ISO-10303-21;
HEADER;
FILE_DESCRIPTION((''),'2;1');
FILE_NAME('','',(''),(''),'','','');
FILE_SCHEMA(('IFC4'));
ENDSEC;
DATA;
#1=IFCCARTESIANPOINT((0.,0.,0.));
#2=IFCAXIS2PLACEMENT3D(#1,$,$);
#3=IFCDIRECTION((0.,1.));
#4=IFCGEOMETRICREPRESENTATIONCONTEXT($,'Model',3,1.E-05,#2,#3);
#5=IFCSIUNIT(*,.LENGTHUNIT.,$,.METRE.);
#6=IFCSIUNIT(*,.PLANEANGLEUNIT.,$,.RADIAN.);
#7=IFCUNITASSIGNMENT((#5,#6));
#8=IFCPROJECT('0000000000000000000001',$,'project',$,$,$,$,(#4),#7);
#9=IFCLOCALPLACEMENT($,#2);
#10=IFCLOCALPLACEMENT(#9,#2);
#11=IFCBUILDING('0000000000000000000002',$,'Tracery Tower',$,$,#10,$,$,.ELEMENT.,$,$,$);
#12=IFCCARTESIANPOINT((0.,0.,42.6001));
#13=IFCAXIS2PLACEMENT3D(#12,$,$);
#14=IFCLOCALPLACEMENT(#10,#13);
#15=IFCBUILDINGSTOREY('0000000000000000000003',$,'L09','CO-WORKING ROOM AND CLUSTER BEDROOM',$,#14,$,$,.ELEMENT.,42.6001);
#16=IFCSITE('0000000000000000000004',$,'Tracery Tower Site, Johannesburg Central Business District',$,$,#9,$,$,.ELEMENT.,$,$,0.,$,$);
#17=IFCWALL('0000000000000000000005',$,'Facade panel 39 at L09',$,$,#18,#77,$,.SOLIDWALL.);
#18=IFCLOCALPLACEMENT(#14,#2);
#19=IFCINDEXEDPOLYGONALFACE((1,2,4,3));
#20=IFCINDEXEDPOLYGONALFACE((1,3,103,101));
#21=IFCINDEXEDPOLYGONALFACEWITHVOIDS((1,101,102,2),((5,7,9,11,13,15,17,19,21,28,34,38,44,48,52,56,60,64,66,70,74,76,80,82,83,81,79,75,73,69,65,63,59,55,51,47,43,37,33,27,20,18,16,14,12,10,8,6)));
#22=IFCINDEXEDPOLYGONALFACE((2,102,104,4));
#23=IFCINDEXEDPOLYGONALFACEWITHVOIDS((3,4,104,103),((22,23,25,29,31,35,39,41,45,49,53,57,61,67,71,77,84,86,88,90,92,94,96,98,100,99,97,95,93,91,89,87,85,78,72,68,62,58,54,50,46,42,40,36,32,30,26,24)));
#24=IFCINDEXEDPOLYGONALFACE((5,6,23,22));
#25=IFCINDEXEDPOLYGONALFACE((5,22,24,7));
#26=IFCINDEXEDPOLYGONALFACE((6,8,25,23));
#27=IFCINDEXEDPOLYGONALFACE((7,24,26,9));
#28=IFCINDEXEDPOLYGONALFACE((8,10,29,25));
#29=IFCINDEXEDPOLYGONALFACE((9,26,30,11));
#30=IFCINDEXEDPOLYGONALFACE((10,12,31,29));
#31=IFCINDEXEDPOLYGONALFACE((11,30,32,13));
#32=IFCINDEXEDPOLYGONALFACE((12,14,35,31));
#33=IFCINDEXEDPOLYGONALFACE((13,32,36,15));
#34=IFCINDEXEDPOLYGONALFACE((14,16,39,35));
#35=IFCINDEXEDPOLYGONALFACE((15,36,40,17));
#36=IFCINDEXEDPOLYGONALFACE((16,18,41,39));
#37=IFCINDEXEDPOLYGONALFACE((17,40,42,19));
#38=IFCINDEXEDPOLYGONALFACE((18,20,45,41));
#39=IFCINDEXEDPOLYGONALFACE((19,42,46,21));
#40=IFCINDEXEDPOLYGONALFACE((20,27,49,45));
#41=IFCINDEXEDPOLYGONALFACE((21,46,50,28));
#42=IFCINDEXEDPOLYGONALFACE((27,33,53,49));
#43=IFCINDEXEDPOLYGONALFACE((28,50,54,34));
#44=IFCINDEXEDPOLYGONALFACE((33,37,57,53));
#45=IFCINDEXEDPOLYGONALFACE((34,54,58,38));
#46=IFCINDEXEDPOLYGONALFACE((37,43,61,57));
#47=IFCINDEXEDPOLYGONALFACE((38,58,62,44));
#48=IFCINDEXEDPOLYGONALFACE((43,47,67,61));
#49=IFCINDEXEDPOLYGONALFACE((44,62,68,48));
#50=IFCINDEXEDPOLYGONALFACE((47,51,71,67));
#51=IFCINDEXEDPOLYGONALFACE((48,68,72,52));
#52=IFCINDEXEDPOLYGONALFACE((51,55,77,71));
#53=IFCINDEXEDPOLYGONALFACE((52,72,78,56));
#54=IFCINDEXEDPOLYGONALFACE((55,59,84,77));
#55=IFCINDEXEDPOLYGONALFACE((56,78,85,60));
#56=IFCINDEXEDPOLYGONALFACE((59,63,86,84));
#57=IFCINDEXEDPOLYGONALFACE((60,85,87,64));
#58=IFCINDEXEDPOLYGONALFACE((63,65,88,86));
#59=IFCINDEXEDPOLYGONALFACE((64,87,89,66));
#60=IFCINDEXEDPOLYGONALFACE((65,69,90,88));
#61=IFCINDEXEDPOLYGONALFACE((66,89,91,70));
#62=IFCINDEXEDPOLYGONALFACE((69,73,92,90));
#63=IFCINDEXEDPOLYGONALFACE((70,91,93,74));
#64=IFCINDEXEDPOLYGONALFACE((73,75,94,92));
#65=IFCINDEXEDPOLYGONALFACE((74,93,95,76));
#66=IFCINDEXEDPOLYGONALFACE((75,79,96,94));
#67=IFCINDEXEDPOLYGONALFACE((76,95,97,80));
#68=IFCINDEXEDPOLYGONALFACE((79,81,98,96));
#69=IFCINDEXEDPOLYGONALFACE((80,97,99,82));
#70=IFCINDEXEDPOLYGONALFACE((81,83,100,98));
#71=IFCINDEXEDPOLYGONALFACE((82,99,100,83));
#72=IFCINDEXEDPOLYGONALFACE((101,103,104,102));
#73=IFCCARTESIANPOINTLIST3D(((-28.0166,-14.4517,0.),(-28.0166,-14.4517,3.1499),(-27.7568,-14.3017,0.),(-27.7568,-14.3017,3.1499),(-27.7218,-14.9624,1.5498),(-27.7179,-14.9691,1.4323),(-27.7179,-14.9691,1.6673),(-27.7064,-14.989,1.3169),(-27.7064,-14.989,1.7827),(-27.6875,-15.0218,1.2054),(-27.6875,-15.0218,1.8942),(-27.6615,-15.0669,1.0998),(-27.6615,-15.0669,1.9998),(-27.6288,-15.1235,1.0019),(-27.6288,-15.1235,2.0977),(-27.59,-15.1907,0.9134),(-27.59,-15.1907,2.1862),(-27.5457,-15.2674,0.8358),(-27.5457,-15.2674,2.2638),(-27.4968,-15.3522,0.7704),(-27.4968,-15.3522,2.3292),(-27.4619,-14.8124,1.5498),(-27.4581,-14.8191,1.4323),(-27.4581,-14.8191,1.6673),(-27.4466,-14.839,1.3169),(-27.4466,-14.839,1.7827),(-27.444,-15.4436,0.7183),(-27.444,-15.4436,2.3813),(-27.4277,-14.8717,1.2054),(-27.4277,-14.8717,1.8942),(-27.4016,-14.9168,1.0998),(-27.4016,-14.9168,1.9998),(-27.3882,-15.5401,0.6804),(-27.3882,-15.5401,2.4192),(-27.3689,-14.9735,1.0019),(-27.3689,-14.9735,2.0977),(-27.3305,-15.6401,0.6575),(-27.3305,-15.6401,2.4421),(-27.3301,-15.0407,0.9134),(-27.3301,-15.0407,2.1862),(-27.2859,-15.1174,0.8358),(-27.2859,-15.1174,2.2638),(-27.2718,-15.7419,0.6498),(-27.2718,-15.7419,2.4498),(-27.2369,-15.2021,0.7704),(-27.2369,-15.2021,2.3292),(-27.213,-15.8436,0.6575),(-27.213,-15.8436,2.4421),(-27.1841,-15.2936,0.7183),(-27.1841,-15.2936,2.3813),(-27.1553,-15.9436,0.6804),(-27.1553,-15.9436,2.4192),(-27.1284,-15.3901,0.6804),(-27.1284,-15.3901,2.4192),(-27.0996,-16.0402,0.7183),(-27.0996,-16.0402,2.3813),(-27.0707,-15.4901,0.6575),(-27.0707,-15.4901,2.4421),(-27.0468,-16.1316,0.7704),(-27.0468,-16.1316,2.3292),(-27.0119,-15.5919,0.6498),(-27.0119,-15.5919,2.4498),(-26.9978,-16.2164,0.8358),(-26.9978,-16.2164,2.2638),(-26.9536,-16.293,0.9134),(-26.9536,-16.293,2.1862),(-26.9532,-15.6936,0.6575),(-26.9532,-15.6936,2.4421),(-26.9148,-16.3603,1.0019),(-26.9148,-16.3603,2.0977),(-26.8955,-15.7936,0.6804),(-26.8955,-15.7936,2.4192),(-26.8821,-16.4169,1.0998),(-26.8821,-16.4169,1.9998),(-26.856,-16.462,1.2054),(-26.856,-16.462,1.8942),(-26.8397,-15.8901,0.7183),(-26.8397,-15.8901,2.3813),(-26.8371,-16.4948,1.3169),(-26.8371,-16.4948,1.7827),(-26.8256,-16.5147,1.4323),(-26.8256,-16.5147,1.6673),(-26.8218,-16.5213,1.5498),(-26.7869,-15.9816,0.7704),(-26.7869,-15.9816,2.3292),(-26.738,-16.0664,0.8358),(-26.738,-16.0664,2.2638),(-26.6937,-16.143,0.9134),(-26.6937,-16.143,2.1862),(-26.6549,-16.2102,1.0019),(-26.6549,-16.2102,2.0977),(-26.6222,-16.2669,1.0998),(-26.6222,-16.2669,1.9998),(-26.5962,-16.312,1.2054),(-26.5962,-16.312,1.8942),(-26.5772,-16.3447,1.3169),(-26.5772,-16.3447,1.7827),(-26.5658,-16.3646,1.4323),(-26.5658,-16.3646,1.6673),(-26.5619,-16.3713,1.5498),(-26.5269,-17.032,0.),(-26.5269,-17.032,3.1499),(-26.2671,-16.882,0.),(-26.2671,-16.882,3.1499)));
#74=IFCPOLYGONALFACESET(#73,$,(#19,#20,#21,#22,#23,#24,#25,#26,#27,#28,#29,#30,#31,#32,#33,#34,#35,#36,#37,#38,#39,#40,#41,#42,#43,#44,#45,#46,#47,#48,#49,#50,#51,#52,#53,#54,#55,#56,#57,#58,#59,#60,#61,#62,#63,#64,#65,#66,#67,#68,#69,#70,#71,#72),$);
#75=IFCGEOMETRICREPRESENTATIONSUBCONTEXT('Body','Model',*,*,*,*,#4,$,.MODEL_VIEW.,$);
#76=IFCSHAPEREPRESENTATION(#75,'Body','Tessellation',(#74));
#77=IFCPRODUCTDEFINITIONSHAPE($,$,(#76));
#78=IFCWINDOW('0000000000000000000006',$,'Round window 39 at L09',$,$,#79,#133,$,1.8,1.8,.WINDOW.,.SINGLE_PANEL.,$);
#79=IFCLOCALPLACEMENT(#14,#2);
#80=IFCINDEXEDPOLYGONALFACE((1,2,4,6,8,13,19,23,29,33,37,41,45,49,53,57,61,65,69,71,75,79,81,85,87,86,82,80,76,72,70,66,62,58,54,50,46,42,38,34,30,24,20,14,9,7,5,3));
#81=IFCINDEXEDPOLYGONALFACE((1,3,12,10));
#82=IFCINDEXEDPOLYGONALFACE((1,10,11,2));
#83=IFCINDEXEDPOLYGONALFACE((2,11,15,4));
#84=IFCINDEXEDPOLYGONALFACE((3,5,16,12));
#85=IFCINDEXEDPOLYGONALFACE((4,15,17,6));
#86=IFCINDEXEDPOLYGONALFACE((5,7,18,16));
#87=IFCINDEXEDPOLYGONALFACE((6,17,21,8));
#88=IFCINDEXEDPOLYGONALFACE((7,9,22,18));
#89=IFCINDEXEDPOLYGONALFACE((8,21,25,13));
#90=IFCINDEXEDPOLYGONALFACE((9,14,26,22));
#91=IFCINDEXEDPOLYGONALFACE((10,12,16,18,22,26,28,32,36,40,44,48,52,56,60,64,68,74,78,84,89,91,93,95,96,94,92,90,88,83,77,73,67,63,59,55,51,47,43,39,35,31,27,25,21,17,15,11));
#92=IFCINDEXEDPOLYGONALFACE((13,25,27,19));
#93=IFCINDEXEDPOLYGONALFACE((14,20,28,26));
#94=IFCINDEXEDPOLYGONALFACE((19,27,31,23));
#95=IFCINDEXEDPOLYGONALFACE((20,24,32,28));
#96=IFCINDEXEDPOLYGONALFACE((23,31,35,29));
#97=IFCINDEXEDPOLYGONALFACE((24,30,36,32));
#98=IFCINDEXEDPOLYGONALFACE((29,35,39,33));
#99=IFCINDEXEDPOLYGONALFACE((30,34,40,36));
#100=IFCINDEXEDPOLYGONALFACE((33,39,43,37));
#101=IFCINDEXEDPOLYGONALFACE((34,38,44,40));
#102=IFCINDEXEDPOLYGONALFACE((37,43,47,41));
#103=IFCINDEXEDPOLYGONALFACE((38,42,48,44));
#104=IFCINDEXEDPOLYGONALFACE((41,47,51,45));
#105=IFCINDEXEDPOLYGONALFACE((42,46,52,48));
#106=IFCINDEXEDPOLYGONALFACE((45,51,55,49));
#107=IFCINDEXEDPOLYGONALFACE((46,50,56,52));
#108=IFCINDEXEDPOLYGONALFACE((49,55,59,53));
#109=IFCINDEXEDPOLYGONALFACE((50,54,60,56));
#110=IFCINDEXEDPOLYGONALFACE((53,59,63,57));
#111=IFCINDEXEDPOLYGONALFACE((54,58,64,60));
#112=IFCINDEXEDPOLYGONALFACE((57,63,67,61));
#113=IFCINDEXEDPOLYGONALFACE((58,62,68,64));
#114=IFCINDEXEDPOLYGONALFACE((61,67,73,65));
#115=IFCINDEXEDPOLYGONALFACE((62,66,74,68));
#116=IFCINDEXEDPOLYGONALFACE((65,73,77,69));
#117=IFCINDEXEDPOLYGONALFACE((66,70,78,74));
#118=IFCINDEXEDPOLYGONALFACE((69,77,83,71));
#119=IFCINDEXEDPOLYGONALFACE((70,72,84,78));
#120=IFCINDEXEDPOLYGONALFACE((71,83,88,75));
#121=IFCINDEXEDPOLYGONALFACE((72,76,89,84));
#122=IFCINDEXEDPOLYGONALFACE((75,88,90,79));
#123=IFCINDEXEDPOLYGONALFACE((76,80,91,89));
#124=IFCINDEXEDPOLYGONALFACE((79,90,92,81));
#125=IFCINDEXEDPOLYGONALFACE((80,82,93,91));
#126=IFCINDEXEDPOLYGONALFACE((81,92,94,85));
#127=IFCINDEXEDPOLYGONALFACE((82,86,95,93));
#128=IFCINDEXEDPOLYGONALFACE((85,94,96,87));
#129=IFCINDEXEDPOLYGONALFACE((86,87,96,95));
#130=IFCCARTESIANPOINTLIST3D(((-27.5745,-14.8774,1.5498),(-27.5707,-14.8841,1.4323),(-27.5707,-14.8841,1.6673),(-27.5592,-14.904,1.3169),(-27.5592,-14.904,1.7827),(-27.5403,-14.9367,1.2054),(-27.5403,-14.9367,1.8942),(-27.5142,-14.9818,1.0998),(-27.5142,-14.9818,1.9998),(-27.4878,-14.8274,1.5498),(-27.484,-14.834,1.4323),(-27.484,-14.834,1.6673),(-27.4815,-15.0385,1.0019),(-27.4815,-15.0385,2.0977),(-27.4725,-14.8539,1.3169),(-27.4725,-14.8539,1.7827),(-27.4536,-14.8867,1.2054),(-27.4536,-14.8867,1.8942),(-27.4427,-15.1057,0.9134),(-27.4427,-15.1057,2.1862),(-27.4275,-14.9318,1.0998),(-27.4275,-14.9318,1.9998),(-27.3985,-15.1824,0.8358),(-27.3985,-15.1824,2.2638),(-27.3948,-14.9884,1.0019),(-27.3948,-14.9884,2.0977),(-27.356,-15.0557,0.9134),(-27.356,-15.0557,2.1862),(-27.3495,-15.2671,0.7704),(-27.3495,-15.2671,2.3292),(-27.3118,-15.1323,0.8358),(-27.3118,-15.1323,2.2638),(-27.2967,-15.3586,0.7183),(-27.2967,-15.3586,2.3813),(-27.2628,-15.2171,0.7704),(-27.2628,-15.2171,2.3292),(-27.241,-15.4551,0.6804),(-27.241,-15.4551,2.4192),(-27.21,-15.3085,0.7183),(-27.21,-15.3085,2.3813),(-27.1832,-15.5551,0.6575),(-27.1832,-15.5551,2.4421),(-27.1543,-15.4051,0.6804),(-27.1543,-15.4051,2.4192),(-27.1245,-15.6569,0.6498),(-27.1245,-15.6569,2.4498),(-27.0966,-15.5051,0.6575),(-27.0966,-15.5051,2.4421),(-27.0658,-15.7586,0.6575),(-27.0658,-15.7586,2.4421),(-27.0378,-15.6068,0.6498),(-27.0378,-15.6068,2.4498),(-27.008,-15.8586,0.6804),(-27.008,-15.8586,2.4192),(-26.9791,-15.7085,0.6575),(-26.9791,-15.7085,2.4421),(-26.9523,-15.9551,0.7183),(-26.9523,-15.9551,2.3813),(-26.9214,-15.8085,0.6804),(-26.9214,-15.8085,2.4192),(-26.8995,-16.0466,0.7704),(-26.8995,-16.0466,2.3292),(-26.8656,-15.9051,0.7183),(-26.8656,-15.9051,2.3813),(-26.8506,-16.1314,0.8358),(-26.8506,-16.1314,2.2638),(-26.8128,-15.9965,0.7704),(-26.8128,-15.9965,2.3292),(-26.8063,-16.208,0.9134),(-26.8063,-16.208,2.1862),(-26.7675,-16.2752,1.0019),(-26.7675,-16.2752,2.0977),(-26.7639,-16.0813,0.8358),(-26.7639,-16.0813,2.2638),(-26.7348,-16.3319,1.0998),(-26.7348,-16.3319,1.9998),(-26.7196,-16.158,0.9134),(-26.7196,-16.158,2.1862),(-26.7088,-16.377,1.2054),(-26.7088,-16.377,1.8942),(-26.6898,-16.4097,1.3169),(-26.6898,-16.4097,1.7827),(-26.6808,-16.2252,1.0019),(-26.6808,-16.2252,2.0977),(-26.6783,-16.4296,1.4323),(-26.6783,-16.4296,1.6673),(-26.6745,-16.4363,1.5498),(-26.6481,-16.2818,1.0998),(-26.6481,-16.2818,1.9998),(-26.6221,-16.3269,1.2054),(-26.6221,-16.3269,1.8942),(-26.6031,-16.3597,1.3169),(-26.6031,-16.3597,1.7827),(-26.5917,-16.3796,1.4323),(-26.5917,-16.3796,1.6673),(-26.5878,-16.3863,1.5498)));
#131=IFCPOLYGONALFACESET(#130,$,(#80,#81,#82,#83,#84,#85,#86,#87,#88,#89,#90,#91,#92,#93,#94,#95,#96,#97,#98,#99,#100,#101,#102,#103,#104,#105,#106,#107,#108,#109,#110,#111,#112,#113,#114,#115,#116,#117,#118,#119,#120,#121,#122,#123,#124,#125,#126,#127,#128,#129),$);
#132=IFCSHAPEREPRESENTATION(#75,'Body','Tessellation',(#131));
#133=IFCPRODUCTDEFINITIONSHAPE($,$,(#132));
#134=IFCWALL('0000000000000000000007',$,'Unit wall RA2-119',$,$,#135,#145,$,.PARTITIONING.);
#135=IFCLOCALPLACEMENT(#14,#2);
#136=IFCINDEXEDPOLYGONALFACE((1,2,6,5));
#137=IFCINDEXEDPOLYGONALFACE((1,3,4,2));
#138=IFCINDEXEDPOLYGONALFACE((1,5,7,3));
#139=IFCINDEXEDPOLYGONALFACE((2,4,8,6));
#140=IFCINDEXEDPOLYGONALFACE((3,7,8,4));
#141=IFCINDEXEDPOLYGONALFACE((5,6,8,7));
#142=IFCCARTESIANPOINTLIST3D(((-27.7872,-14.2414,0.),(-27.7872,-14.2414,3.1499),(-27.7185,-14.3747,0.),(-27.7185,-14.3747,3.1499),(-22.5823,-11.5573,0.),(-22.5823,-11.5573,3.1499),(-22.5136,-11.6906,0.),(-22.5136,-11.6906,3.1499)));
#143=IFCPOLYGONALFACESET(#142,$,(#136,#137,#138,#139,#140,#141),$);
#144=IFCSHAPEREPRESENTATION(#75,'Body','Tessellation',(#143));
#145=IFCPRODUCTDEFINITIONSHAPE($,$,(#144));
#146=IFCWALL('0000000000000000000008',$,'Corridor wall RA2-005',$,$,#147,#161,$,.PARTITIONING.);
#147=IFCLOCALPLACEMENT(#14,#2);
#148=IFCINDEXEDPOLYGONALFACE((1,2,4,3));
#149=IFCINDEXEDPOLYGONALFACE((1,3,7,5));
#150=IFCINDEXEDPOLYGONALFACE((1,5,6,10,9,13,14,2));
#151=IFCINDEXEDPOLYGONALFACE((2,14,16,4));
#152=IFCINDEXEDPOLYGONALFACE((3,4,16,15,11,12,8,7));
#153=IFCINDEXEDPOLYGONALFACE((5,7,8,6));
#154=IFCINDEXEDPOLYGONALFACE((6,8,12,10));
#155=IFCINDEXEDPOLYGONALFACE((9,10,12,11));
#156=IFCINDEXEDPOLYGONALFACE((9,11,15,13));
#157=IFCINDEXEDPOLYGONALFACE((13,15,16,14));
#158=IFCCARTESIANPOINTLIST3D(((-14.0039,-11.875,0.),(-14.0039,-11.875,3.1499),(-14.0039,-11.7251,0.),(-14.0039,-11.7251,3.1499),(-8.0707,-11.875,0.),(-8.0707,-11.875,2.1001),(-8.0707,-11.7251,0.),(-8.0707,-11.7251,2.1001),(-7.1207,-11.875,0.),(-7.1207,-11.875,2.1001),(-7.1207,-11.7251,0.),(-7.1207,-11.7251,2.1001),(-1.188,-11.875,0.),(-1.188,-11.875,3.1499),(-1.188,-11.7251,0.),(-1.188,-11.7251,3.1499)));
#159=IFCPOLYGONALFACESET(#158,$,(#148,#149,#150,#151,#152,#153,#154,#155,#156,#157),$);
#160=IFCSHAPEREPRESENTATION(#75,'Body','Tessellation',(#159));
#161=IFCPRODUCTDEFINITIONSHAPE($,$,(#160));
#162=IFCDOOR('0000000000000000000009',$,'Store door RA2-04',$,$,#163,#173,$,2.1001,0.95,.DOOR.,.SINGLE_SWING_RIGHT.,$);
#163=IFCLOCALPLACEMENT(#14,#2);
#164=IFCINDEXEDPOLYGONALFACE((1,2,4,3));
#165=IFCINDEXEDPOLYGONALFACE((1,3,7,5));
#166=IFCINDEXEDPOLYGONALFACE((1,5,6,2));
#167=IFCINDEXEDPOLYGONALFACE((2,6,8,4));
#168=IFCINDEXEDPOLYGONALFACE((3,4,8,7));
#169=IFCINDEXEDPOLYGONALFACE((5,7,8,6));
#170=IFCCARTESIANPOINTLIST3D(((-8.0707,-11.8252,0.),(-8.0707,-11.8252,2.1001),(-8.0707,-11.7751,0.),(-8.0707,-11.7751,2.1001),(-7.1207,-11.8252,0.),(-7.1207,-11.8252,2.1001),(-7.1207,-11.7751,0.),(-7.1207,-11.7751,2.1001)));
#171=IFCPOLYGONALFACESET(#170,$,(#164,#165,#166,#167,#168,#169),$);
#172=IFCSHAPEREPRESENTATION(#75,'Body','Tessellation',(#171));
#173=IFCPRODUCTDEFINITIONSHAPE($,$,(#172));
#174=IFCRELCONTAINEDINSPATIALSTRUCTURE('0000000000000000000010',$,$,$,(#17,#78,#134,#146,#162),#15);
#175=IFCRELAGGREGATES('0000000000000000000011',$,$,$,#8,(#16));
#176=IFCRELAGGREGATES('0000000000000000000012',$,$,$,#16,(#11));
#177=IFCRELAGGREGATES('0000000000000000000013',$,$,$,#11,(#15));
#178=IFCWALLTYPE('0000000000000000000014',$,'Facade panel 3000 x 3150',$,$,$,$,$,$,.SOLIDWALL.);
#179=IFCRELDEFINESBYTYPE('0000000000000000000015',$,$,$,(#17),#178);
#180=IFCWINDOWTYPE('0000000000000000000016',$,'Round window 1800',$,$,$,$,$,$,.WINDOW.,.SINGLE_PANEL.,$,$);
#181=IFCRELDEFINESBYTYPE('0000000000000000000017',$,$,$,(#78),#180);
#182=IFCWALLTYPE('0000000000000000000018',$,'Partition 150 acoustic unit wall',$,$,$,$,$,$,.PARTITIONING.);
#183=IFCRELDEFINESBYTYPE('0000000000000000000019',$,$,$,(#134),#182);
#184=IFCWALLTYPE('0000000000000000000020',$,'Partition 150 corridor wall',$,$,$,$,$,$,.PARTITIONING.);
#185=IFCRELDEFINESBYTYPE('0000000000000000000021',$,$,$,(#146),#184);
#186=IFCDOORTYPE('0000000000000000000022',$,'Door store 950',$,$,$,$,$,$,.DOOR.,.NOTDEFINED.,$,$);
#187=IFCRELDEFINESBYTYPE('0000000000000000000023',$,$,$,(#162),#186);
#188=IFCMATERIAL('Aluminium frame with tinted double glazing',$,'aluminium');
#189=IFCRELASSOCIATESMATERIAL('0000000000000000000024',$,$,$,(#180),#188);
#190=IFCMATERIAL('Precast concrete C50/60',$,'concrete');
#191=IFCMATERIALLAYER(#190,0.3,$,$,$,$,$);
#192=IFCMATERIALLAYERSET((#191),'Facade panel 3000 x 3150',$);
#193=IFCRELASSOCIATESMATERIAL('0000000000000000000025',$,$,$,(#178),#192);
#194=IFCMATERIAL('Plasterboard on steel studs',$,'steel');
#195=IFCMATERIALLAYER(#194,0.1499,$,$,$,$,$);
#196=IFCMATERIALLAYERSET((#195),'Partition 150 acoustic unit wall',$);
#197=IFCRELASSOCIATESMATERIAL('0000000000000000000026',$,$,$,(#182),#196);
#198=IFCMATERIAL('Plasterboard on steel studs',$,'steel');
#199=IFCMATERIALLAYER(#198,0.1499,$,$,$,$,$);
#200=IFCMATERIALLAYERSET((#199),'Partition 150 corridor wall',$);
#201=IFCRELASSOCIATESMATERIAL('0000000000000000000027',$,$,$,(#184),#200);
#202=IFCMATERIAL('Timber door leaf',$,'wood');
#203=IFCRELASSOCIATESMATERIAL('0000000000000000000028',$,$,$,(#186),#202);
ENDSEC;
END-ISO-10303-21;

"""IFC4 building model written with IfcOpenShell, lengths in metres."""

from ifc_helpers import new_model, si_unit, direction, frame, frame_2d, origin, origin_2d, place, context, subcontext, project, spatial, rectangle, circle, extrude, material, layer, layer_set, type_object, element, fill, save


model = new_model("IFC4")

# Units and contexts
model_context = context("Model", 3, precision=1e-05, world=origin(), true_north=direction((0.0, 1.0)))
body_context = subcontext(model_context, "Body", "Model", "MODEL_VIEW")
ifc_project = project(units=[si_unit("LENGTHUNIT", "METRE"), si_unit("PLANEANGLEUNIT", "RADIAN")], contexts=[model_context])

# Site, building, storey
site_placement = place(None, origin())
site = spatial("IfcSite", under=ifc_project, at=site_placement, Name="Tracery Tower Site, Johannesburg Central Business District", CompositionType="ELEMENT", RefElevation=0.0)
building_placement = place(site_placement, origin())
building = spatial("IfcBuilding", under=site, at=building_placement, Name="Tracery Tower", CompositionType="ELEMENT")
storey_placement = place(building_placement, frame((0.0, 0.0, 42.6001)))
storey = spatial("IfcBuildingStorey", under=building, at=storey_placement, Name="L09", Description="CO-WORKING ROOM AND CLUSTER BEDROOM", CompositionType="ELEMENT", Elevation=42.6001)

# Wall, opening, window
ifc_material_1 = material(Name="Aluminium frame with tinted double glazing", Category="aluminium")
window_type = type_object("IfcWindowType", Name="Round window 1800", PartitioningType="SINGLE_PANEL", PredefinedType="WINDOW", material=ifc_material_1)
ifc_material_2 = material(Name="Precast concrete C50/60", Category="concrete")
ifc_layer_1 = layer(ifc_material_2, 0.3)
ifc_layer_set_1 = layer_set([ifc_layer_1], Name="Facade panel 3000 x 3150")
wall_type_1 = type_object("IfcWallType", Name="Facade panel 3000 x 3150", PredefinedType="SOLIDWALL", material=ifc_layer_set_1)
wall_1_placement = place(storey_placement, frame((-27.8867, -14.3767, 0.0), z_axis=(0.0, 0.0, 1.0), x_axis=(0.499999, -0.866026, 0.0)))
wall_1 = element("IfcWall", 1, at=wall_1_placement, inside=storey, type_object=wall_type_1, Name="Facade panel 39 at L09", PredefinedType="SOLIDWALL", context=body_context, shape_type="SweptSolid", body=[
    extrude(rectangle(XDim=2.9795, YDim=0.3, at=frame_2d((1.4897, 0.0))), origin(), (0.0, 0.0, 1.0), 3.1499),
])
opening_1_placement = place(wall_1_placement, frame((1.4897, 0.0, 1.5498)))
opening_1 = element("IfcOpeningElement", 2, at=opening_1_placement, cuts=wall_1, PredefinedType="OPENING", context=body_context, shape_type="SweptSolid", body=[
    extrude(circle(Radius=0.9, at=origin_2d()), frame((0.0, 0.1599, 0.0), z_axis=(0.0, -1.0, 0.0), x_axis=(1.0, 0.0, 0.0)), (0.0, 0.0, 1.0), 0.3201),
])
window_1_placement = place(opening_1_placement, origin())
window_1 = element("IfcWindow", 3, at=window_1_placement, inside=storey, type_object=window_type, Name="Round window 39 at L09", OverallHeight=1.8, OverallWidth=1.8, PartitioningType="SINGLE_PANEL", PredefinedType="WINDOW", context=body_context, shape_type="SweptSolid", body=[
    extrude(circle(Radius=0.9, at=origin_2d()), frame((0.0, 0.1201, 0.0), z_axis=(0.0, -1.0, 0.0), x_axis=(1.0, 0.0, 0.0)), (0.0, 0.0, 1.0), 0.1001),
])
fill(opening_1, window_1)

# Wall
ifc_material_3 = material(Name="Plasterboard on steel studs", Category="steel")
ifc_layer_2 = layer(ifc_material_3, 0.1499)
ifc_layer_set_2 = layer_set([ifc_layer_2], Name="Partition 150 acoustic unit wall")
wall_type_2 = type_object("IfcWallType", Name="Partition 150 acoustic unit wall", PredefinedType="PARTITIONING", material=ifc_layer_set_2)
wall_2_placement = place(storey_placement, frame((-27.7529, -14.3081, 0.0), z_axis=(0.0, 0.0, 1.0), x_axis=(0.88878, 0.458335, 0.0)))
element("IfcWall", 4, at=wall_2_placement, inside=storey, type_object=wall_type_2, Name="Unit wall RA2-119", PredefinedType="PARTITIONING", context=body_context, shape_type="SweptSolid", body=[
    extrude(rectangle(XDim=5.8562, YDim=0.1499, at=frame_2d((2.9282, 0.0))), origin(), (0.0, 0.0, 1.0), 3.1499),
])

# Wall, opening, door
ifc_material_4 = material(Name="Plasterboard on steel studs", Category="steel")
ifc_layer_3 = layer(ifc_material_4, 0.1499)
ifc_layer_set_3 = layer_set([ifc_layer_3], Name="Partition 150 corridor wall")
wall_type_3 = type_object("IfcWallType", Name="Partition 150 corridor wall", PredefinedType="PARTITIONING", material=ifc_layer_set_3)
wall_3_placement = place(storey_placement, frame((-14.0039, -11.8, 0.0), z_axis=(0.0, 0.0, 1.0), x_axis=(1.0, 0.0, 0.0)))
wall_3 = element("IfcWall", 5, at=wall_3_placement, inside=storey, type_object=wall_type_3, Name="Corridor wall RA2-005", PredefinedType="PARTITIONING", context=body_context, shape_type="SweptSolid", body=[
    extrude(rectangle(XDim=12.8159, YDim=0.1499, at=frame_2d((6.408, 0.0))), origin(), (0.0, 0.0, 1.0), 3.1499),
])
opening_2_placement = place(wall_3_placement, frame((5.9331, 0.0, 0.0)))
opening_2 = element("IfcOpeningElement", 6, at=opening_2_placement, cuts=wall_3, PredefinedType="OPENING", context=body_context, shape_type="SweptSolid", body=[
    extrude(rectangle(XDim=0.95, YDim=2.1001, at=frame_2d((0.4751, 1.05))), frame((0.0, 0.075, 0.0), z_axis=(0.0, -1.0, 0.0), x_axis=(1.0, 0.0, 0.0)), (0.0, 0.0, 1.0), 0.1499),
])
ifc_material_5 = material(Name="Timber door leaf", Category="wood")
door_type = type_object("IfcDoorType", Name="Door store 950", OperationType="NOTDEFINED", PredefinedType="DOOR", material=ifc_material_5)
door_placement = place(opening_2_placement, origin())
door = element("IfcDoor", 7, at=door_placement, inside=storey, type_object=door_type, Name="Store door RA2-04", OperationType="SINGLE_SWING_RIGHT", OverallHeight=2.1001, OverallWidth=0.95, PredefinedType="DOOR", context=body_context, shape_type="SweptSolid", body=[
    extrude(rectangle(XDim=0.95, YDim=2.1001, at=frame_2d((0.4751, 1.05))), frame((0.0, 0.0249, 0.0), z_axis=(0.0, -1.0, 0.0), x_axis=(1.0, 0.0, 0.0)), (0.0, 0.0, 1.0), 0.05),
])
fill(opening_2, door)

save(model, "model.ifc")
